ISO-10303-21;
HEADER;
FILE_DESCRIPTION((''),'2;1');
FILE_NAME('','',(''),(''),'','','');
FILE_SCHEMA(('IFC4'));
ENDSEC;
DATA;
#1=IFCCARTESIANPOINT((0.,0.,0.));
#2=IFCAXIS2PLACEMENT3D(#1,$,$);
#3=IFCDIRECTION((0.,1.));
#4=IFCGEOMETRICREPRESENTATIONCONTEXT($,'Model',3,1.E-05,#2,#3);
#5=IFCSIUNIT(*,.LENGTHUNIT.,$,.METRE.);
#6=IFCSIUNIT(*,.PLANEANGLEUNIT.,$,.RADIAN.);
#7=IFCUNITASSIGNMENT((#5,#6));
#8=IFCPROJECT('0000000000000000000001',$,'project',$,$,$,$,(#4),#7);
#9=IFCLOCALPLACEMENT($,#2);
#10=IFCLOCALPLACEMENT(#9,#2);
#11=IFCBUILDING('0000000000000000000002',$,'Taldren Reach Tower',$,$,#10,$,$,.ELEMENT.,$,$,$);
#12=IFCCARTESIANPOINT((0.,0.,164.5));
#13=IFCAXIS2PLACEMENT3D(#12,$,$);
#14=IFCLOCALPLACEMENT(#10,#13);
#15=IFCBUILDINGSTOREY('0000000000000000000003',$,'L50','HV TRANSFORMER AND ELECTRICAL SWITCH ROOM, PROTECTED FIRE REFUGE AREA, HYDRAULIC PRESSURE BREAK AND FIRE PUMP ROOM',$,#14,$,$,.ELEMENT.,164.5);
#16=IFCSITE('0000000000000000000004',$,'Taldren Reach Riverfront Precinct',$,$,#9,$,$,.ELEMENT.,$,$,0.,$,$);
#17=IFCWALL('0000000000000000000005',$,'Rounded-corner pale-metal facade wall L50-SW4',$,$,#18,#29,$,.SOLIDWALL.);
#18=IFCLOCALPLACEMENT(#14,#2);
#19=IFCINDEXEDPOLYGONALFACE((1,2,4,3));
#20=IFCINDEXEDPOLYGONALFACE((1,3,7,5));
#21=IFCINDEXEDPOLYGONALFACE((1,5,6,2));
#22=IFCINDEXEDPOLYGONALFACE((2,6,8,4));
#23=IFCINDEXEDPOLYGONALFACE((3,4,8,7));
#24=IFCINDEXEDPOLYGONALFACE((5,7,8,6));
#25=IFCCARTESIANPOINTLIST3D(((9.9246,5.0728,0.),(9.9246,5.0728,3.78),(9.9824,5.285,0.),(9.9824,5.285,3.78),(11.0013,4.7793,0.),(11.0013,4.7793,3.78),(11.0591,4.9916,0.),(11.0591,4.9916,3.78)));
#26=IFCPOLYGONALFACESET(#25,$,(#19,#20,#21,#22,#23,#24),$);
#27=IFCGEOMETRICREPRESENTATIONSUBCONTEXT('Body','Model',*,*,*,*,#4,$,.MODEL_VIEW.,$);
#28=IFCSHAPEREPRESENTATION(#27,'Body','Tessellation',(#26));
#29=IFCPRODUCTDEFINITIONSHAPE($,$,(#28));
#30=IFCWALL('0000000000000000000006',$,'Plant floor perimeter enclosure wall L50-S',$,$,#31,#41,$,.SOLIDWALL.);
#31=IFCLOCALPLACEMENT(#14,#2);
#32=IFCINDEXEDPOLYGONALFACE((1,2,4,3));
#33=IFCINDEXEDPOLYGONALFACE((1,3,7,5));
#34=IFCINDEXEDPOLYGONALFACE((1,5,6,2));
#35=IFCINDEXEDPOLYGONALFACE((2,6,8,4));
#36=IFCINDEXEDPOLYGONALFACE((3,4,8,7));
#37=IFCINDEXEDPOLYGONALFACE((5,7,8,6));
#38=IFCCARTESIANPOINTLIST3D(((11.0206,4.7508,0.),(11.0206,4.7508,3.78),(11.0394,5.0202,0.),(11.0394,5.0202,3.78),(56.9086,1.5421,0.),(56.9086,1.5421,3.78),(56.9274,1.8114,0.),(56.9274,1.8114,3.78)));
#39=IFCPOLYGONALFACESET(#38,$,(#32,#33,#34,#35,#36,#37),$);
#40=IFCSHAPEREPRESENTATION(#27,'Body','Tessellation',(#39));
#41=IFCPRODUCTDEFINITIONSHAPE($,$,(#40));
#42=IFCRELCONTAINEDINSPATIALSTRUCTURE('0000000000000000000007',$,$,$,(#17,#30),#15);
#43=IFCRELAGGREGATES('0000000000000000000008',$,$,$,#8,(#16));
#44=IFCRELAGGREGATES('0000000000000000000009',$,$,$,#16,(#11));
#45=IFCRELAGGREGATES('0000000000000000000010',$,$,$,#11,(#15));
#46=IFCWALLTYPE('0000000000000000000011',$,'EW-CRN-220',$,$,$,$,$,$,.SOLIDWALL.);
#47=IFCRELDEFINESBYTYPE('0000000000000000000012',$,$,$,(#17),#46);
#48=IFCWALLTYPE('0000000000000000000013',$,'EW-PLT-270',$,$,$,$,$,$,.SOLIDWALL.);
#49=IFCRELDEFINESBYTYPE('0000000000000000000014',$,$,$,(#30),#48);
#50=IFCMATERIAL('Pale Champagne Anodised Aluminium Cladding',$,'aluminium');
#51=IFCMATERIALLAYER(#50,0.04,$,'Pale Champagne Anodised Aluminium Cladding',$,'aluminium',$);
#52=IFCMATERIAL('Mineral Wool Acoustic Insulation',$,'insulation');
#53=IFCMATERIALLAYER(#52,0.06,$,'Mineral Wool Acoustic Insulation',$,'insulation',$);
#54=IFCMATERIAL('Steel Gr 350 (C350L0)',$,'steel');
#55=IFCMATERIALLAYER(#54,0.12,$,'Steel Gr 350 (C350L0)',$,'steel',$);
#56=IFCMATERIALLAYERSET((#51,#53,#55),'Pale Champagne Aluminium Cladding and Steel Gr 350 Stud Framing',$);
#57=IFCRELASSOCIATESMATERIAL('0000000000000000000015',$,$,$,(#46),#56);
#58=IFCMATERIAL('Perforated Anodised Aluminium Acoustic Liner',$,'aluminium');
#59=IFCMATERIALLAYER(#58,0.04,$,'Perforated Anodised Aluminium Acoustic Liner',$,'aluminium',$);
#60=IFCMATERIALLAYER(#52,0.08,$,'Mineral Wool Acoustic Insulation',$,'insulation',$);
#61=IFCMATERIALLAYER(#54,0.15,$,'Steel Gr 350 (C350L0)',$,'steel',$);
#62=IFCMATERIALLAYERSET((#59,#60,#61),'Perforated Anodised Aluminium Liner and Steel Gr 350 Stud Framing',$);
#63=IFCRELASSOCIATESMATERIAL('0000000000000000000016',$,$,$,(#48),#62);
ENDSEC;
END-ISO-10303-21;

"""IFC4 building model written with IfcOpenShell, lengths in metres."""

from ifc_helpers import new_model, si_unit, direction, frame, frame_2d, origin, place, context, subcontext, project, spatial, rectangle, extrude, source, transform, mapped, material, layer, layer_set, type_object, element, save


model = new_model("IFC4")

# Units and contexts
model_context = context("Model", 3, precision=1e-05, world=origin(), true_north=direction((0.0, 1.0)))
body_context = subcontext(model_context, "Body", "Model", "MODEL_VIEW")
ifc_project = project(units=[si_unit("LENGTHUNIT", "METRE"), si_unit("PLANEANGLEUNIT", "RADIAN")], contexts=[model_context])

# Site, building, storey
site_placement = place(None, origin())
site = spatial("IfcSite", under=ifc_project, at=site_placement, Name="Taldren Reach Riverfront Precinct", CompositionType="ELEMENT", RefElevation=0.0)
building_placement = place(site_placement, origin())
building = spatial("IfcBuilding", under=site, at=building_placement, Name="Taldren Reach Tower", CompositionType="ELEMENT")
storey_placement = place(building_placement, frame((0.0, 0.0, 164.5)))
storey = spatial("IfcBuildingStorey", under=building, at=storey_placement, Name="L50", Description="HV TRANSFORMER AND ELECTRICAL SWITCH ROOM, PROTECTED FIRE REFUGE AREA, HYDRAULIC PRESSURE BREAK AND FIRE PUMP ROOM", CompositionType="ELEMENT", Elevation=164.5)

# Shared definitions
ifc_material_1 = material(Name="Steel Gr 350 (C350L0)", Category="steel")

# Walls
ifc_material_2 = material(Name="Pale Champagne Anodised Aluminium Cladding", Category="aluminium")
ifc_layer_1 = layer(ifc_material_2, 0.04, Name="Pale Champagne Anodised Aluminium Cladding", Category="aluminium")
ifc_material_3 = material(Name="Mineral Wool Acoustic Insulation", Category="insulation")
ifc_layer_2 = layer(ifc_material_3, 0.06, Name="Mineral Wool Acoustic Insulation", Category="insulation")
ifc_layer_3 = layer(ifc_material_1, 0.12, Name="Steel Gr 350 (C350L0)", Category="steel")
ifc_layer_set_1 = layer_set([ifc_layer_1, ifc_layer_2, ifc_layer_3], Name="Pale Champagne Aluminium Cladding and Steel Gr 350 Stud Framing")
wall_type_1 = type_object("IfcWallType", Name="EW-CRN-220", PredefinedType="SOLIDWALL", material=ifc_layer_set_1)
shared_shape_1 = source(origin(), body_context, "Body", "SweptSolid", [
    extrude(rectangle(XDim=1.116, YDim=0.22, at=frame_2d((0.5581, 0.0))), origin(), (0.0, 0.0, 1.0), 3.78),
])
for number, where, z_axis, x_axis, name in (
    (1, (9.9534, 5.179, 0.0), (0.0, 0.0, 1.0), (0.964804, -0.262969, 0.0), "Rounded-corner pale-metal facade wall L50-SW4"),
):
    element("IfcWall", number, at=place(storey_placement, frame(where, z_axis=z_axis, x_axis=x_axis)), inside=storey, type_object=wall_type_1, Name=name, PredefinedType="SOLIDWALL", context=body_context, shape_type="MappedRepresentation", body=[
        mapped(shared_shape_1, transform((0.0, 0.0, 0.0), scale=1.0)),
    ])
ifc_material_4 = material(Name="Perforated Anodised Aluminium Acoustic Liner", Category="aluminium")
ifc_layer_4 = layer(ifc_material_4, 0.04, Name="Perforated Anodised Aluminium Acoustic Liner", Category="aluminium")
ifc_layer_5 = layer(ifc_material_3, 0.08, Name="Mineral Wool Acoustic Insulation", Category="insulation")
ifc_layer_6 = layer(ifc_material_1, 0.15, Name="Steel Gr 350 (C350L0)", Category="steel")
ifc_layer_set_2 = layer_set([ifc_layer_4, ifc_layer_5, ifc_layer_6], Name="Perforated Anodised Aluminium Liner and Steel Gr 350 Stud Framing")
wall_type_2 = type_object("IfcWallType", Name="EW-PLT-270", PredefinedType="SOLIDWALL", material=ifc_layer_set_2)
shared_shape_2 = source(origin(), body_context, "Body", "SweptSolid", [
    extrude(rectangle(XDim=46.0, YDim=0.27, at=frame_2d((23.0, 0.0))), origin(), (0.0, 0.0, 1.0), 3.78),
])
wall_placement = place(storey_placement, frame((11.03, 4.8855, 0.0), z_axis=(0.0, 0.0, 1.0), x_axis=(0.997564, -0.069755, 0.0)))
element("IfcWall", 2, at=wall_placement, inside=storey, type_object=wall_type_2, Name="Plant floor perimeter enclosure wall L50-S", PredefinedType="SOLIDWALL", context=body_context, shape_type="MappedRepresentation", body=[
    mapped(shared_shape_2, transform((0.0, 0.0, 0.0), scale=1.0)),
])

save(model, "model.ifc")
